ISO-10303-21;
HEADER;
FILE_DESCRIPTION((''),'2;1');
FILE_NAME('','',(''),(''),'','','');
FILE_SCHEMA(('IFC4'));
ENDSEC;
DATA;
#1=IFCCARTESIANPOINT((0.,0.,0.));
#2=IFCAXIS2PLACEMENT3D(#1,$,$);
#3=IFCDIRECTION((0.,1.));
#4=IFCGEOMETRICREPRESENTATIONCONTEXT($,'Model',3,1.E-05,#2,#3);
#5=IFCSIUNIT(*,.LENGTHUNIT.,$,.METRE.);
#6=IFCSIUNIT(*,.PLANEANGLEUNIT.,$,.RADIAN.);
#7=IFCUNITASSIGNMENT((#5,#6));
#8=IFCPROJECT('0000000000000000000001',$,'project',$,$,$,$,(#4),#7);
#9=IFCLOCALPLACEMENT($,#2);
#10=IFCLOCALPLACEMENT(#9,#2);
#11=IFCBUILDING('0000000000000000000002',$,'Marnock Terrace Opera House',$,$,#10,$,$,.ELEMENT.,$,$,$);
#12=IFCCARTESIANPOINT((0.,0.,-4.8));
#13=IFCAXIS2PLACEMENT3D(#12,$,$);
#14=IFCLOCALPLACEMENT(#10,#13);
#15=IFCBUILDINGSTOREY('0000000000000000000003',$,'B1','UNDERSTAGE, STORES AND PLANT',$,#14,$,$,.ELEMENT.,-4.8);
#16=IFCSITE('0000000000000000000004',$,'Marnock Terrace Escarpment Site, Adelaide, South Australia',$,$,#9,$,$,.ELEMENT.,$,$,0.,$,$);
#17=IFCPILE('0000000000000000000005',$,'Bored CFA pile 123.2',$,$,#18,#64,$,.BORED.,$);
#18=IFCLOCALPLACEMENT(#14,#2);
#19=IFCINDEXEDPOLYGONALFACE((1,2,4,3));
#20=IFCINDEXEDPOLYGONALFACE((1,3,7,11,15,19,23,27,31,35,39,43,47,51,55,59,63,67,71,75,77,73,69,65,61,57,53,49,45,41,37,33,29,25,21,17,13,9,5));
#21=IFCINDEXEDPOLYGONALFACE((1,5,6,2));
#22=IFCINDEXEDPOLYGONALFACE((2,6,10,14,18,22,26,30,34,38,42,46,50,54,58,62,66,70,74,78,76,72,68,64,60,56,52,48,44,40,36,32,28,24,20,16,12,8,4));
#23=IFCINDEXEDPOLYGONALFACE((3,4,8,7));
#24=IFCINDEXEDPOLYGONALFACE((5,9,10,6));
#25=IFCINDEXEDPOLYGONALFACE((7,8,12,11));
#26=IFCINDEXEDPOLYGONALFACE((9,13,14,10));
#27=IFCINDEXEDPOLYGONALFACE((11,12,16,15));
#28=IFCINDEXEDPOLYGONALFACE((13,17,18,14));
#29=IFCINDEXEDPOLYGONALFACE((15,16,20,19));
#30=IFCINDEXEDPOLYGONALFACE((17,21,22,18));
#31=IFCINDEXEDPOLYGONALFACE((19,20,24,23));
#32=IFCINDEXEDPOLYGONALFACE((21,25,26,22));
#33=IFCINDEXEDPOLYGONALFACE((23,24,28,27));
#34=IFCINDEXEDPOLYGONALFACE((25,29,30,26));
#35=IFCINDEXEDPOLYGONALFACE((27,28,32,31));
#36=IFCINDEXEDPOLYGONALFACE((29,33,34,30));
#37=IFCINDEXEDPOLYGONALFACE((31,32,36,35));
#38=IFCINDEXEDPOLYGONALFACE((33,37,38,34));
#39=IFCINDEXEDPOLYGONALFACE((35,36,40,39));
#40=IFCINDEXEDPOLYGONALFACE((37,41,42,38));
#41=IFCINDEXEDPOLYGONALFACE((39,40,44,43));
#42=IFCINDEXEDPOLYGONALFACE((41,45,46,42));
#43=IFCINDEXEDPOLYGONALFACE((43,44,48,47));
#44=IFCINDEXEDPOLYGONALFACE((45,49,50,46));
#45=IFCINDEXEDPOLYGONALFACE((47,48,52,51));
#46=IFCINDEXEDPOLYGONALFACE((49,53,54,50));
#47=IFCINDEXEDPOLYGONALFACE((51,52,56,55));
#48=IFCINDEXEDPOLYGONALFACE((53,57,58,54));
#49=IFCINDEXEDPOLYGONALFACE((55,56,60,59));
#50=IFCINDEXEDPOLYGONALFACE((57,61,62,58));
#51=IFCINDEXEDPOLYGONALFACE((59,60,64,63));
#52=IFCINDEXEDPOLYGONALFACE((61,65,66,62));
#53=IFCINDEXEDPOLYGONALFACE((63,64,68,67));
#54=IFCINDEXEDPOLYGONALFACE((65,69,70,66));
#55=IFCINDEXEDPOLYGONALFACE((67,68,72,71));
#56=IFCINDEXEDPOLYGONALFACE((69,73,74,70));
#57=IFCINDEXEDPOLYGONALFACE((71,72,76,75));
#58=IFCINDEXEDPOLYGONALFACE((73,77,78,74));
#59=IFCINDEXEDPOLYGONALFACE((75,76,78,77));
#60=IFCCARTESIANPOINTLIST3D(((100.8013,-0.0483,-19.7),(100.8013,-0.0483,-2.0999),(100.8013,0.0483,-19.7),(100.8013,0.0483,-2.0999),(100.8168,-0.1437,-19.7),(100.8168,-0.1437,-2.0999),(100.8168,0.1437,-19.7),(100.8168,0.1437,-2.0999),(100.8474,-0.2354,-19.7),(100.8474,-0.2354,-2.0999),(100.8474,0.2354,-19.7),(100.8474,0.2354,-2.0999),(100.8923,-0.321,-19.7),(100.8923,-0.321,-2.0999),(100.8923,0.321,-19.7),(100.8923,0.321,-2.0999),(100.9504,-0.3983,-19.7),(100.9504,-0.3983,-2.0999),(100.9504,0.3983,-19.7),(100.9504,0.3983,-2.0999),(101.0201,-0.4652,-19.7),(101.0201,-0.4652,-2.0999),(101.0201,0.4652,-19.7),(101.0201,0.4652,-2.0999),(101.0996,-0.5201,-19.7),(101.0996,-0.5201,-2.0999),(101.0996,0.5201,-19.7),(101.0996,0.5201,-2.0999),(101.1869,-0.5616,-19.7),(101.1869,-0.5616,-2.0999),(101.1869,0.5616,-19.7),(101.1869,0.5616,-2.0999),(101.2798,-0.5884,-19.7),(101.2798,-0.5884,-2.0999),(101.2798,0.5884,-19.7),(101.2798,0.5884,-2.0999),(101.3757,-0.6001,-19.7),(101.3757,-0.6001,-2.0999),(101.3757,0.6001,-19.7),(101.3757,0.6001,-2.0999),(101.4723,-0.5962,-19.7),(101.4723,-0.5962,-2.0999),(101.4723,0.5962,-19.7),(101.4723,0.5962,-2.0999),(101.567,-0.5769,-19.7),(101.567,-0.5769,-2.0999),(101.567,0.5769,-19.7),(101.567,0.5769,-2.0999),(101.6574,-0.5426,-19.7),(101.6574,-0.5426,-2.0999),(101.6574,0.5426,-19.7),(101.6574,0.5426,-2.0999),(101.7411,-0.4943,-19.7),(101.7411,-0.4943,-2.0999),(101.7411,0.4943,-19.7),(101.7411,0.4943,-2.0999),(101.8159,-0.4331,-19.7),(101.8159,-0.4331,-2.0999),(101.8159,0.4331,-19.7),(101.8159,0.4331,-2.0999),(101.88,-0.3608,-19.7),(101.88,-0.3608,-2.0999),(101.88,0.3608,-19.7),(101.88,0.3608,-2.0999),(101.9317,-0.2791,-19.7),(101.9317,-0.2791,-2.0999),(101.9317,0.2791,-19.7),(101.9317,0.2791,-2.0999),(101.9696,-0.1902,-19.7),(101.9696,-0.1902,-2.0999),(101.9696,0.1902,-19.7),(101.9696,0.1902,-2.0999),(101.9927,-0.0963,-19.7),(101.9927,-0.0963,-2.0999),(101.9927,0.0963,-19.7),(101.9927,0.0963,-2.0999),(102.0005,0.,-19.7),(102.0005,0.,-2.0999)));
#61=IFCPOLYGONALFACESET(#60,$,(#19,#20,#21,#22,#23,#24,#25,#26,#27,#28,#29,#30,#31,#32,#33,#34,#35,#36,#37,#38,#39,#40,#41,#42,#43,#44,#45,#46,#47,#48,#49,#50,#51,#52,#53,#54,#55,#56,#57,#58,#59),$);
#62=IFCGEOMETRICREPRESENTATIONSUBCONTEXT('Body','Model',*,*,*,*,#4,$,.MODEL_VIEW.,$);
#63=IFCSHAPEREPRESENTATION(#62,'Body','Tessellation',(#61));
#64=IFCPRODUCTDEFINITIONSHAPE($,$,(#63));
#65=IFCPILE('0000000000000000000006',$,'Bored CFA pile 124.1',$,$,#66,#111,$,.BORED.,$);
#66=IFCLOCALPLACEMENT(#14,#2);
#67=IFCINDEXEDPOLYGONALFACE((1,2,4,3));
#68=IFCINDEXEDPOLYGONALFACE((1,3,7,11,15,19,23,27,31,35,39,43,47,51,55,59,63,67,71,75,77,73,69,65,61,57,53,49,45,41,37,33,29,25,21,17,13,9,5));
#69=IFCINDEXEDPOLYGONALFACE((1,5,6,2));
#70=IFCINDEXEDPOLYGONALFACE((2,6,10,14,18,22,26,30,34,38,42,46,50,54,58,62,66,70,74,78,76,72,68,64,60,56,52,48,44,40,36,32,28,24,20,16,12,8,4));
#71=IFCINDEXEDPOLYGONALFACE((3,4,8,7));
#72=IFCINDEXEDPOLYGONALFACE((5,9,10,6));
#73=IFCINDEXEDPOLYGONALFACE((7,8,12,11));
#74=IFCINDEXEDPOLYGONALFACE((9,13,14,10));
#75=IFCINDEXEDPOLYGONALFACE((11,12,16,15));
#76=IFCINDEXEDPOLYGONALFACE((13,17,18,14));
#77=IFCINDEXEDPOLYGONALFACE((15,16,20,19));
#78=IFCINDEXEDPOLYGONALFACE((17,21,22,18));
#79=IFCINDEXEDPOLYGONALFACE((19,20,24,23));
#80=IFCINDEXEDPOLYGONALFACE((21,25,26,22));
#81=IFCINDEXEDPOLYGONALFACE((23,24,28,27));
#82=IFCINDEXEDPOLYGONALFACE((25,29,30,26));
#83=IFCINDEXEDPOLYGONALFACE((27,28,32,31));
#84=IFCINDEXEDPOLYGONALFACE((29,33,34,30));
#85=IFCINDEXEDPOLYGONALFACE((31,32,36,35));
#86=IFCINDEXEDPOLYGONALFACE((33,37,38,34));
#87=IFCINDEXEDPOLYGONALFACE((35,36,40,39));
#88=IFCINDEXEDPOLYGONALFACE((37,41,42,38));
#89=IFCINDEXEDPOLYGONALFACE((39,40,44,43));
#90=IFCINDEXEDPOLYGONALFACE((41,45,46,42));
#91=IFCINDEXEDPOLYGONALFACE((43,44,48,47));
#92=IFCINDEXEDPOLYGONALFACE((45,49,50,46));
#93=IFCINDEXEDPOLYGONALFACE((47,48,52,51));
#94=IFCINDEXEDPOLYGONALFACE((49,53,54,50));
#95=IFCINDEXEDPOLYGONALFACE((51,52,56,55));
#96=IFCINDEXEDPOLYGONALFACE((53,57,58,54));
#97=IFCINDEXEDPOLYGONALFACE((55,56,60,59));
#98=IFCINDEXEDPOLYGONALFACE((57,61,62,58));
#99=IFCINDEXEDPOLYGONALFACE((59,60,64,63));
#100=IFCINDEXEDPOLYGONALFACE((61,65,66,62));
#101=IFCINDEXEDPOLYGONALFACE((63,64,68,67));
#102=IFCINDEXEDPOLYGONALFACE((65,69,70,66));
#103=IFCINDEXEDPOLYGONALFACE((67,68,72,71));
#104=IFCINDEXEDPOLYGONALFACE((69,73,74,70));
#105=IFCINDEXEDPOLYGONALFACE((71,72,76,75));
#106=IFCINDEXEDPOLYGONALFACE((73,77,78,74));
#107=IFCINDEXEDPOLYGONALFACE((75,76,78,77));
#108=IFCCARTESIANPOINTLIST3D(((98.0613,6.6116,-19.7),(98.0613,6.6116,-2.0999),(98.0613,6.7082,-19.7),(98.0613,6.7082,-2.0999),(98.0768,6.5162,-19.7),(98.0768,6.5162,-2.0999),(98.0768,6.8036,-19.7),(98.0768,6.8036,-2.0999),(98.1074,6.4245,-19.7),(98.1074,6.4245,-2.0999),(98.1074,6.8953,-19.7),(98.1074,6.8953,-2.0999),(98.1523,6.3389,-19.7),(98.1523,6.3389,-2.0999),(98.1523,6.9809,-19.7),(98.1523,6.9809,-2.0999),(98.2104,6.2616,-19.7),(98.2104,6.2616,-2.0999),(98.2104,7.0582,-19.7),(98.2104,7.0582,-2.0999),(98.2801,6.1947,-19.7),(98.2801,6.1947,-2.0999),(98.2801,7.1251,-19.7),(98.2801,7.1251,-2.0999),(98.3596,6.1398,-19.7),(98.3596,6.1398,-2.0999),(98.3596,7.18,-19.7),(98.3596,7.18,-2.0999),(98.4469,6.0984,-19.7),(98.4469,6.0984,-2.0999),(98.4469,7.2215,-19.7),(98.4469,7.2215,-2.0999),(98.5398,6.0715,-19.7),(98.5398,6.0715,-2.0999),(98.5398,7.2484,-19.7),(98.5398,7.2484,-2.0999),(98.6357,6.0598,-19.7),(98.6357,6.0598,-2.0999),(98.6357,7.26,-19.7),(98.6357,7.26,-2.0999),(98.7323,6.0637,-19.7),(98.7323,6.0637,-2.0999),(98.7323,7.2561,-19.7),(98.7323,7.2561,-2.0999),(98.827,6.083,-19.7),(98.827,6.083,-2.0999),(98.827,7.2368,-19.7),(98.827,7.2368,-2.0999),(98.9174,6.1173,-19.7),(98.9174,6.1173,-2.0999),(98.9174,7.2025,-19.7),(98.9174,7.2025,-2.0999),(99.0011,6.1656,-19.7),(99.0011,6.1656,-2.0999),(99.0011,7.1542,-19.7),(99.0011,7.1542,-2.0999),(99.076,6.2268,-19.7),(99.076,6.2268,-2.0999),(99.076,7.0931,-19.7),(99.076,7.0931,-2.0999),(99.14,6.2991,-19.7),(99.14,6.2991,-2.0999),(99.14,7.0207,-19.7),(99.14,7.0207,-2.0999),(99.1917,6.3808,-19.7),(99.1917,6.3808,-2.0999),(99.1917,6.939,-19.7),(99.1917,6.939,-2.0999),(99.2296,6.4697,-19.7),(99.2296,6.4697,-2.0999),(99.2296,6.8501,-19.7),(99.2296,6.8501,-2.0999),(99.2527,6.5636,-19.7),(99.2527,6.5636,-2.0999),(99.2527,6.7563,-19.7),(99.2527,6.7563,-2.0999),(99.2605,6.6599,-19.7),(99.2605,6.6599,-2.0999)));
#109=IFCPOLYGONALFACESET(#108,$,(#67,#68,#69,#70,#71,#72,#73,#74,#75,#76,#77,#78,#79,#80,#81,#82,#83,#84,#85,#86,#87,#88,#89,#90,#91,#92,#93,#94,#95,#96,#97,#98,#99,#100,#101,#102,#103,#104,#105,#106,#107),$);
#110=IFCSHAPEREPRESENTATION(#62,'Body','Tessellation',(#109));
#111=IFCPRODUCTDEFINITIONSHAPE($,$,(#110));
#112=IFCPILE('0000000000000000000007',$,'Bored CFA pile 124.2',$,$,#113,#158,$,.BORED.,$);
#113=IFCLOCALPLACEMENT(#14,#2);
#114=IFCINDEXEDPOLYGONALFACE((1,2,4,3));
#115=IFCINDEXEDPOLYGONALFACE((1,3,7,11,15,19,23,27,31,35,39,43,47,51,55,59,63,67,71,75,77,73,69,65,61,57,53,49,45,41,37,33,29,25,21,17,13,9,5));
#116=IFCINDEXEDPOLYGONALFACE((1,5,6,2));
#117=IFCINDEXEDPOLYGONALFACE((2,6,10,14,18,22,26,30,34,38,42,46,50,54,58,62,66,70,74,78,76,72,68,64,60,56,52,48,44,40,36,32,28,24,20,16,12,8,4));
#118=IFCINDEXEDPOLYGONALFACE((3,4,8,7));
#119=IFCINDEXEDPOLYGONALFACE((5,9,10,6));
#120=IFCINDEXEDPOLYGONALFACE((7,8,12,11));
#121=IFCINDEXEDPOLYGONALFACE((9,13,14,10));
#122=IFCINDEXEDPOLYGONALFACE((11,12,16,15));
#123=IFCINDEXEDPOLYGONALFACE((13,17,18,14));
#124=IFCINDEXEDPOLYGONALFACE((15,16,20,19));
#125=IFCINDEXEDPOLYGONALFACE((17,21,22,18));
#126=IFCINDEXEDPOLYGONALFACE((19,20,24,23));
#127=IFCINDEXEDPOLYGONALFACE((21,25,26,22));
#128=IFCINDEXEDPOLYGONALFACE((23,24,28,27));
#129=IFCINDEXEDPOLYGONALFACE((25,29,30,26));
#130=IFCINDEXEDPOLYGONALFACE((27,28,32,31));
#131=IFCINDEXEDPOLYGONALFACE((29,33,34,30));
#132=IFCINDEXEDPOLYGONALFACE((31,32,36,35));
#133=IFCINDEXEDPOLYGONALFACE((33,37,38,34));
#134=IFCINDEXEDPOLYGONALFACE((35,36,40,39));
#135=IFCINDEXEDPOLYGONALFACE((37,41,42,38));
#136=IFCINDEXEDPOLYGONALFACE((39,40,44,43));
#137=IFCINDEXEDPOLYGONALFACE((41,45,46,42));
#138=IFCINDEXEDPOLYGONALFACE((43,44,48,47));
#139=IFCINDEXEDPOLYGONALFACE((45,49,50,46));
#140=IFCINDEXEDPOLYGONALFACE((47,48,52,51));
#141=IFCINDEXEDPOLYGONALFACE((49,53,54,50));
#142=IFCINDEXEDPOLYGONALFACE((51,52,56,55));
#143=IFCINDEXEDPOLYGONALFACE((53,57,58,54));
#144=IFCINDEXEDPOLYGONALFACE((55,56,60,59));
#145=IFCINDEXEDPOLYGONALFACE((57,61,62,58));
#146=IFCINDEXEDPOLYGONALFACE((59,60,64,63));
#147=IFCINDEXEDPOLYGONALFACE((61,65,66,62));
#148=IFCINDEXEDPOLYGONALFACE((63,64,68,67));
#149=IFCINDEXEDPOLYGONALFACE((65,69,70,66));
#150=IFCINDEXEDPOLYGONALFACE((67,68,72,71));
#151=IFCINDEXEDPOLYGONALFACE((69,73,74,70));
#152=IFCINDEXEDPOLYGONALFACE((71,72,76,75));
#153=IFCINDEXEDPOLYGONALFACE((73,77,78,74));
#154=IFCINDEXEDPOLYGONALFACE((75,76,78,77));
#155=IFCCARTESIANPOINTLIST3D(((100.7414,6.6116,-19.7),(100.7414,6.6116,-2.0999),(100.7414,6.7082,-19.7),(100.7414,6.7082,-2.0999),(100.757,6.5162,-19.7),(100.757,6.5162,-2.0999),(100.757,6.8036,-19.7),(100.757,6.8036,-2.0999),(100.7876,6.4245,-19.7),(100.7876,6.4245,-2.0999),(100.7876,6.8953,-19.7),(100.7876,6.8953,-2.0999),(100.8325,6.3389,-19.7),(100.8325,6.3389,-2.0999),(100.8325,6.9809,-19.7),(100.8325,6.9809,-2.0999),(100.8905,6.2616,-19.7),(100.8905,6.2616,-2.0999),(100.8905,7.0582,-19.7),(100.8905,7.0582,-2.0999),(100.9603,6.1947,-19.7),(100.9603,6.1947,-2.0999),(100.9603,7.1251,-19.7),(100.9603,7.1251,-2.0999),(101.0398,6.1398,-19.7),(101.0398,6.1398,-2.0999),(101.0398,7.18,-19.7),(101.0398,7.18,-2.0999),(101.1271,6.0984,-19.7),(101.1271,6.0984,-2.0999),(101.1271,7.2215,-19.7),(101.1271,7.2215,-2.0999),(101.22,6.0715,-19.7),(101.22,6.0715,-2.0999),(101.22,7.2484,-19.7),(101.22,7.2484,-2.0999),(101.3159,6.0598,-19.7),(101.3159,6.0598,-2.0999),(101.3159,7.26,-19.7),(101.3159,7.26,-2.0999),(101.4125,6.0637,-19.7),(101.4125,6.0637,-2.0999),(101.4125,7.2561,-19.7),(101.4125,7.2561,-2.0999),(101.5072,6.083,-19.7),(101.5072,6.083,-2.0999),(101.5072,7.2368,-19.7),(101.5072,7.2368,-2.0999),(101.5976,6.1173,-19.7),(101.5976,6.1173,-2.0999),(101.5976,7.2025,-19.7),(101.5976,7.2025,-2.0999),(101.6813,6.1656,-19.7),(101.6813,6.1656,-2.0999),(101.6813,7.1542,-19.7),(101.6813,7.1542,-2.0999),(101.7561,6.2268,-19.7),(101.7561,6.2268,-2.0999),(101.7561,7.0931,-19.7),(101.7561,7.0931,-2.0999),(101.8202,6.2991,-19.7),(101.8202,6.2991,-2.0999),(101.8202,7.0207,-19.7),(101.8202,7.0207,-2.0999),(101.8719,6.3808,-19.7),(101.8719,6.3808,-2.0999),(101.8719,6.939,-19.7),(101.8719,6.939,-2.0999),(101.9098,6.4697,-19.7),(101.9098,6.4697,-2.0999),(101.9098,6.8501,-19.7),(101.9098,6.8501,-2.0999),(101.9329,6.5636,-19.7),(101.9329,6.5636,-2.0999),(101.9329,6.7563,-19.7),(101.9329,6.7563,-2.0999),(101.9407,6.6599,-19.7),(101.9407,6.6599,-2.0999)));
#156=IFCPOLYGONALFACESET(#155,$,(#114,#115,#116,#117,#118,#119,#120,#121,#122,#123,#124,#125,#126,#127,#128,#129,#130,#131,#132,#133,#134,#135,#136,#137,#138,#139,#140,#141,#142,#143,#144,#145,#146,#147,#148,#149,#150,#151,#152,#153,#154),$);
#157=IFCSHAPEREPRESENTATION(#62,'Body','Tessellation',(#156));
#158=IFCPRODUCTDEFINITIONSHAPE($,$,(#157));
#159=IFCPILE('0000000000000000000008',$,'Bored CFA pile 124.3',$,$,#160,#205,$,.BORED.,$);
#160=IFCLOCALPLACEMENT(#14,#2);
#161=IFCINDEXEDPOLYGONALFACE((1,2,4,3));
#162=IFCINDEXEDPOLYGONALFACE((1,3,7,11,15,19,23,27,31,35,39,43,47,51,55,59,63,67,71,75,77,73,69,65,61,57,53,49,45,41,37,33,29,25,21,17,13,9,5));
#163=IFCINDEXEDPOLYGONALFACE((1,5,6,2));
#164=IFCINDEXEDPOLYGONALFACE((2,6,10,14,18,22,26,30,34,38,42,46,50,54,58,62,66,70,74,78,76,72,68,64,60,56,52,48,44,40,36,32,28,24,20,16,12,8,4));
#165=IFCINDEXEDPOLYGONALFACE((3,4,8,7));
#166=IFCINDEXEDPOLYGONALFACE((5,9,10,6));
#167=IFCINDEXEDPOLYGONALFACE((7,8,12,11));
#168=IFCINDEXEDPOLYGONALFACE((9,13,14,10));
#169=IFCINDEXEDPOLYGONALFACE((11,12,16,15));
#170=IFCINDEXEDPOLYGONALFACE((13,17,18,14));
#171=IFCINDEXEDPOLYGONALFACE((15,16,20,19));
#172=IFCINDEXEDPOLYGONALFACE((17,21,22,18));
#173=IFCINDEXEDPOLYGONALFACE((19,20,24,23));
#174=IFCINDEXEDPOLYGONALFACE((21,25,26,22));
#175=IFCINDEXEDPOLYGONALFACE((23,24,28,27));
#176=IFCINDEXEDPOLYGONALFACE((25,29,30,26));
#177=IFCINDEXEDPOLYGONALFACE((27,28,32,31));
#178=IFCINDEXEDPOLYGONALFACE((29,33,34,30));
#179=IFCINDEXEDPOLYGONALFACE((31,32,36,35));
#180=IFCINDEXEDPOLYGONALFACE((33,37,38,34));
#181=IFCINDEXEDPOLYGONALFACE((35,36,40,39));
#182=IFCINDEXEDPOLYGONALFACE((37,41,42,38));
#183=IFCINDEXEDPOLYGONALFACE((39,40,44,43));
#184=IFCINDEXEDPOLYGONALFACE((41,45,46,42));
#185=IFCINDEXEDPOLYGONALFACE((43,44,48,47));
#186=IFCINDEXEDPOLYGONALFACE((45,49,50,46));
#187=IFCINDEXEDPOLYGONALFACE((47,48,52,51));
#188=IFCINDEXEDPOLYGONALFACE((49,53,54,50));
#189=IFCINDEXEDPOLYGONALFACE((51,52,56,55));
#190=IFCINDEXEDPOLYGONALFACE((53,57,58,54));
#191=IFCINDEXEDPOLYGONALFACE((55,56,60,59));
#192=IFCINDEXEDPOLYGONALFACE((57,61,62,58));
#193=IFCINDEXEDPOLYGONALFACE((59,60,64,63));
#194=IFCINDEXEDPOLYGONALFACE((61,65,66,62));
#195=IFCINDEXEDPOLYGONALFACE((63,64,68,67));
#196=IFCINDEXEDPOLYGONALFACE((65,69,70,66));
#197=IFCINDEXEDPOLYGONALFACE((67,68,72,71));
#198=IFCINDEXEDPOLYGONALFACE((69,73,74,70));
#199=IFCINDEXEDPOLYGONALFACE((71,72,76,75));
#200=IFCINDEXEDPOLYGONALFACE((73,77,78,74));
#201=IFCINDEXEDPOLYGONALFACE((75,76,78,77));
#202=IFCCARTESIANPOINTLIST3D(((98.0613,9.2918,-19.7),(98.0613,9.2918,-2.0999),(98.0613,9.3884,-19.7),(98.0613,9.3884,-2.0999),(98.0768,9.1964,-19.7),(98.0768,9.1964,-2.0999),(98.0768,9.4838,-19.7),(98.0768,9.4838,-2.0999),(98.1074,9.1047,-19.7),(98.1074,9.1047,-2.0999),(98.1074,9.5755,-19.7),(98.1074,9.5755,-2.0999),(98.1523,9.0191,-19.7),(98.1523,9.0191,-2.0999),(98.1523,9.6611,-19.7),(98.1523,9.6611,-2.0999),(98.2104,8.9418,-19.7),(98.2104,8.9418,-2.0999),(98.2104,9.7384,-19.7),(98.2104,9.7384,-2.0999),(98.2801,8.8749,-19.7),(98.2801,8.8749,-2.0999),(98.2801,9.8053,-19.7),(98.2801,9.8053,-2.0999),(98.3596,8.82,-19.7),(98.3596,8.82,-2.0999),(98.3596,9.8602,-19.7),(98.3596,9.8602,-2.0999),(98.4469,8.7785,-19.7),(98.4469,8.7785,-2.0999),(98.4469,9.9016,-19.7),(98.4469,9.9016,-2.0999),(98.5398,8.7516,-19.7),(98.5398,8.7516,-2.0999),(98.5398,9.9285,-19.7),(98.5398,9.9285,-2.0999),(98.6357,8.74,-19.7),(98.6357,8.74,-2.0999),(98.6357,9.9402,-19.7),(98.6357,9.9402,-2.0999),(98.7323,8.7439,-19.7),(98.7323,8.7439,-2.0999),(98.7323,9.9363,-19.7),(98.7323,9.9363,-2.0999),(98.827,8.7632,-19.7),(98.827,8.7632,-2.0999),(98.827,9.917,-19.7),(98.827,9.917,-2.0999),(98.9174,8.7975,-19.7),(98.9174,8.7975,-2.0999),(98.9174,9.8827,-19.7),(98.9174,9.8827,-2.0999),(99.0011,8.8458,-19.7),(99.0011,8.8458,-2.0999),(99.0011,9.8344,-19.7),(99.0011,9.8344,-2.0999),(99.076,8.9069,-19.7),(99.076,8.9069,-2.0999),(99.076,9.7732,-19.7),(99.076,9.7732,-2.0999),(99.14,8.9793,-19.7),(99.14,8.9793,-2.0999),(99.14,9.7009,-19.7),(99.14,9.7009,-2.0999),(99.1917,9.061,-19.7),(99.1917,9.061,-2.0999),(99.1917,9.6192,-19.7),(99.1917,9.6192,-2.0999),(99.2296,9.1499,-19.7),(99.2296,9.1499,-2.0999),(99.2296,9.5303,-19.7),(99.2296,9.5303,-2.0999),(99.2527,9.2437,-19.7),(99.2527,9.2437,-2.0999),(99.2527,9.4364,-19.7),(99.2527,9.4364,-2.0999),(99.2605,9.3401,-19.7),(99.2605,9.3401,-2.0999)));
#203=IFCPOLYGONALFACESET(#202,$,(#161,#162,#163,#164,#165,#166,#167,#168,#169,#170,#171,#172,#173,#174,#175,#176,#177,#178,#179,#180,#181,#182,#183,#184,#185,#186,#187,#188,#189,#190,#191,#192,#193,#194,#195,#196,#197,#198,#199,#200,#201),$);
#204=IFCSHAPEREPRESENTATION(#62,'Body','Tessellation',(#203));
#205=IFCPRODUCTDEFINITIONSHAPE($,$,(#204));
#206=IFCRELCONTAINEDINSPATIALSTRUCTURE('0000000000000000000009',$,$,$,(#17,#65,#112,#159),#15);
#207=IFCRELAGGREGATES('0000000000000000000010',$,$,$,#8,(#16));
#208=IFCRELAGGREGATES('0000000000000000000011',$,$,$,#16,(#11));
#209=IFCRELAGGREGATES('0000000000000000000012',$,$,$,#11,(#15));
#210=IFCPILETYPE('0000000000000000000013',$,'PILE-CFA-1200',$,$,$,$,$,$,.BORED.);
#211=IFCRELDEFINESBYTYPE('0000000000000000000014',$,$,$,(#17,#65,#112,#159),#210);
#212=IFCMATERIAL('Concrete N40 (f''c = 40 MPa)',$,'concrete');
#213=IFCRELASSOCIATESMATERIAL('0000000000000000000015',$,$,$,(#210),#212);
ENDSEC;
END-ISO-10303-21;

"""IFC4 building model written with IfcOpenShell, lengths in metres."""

from ifc_helpers import new_model, si_unit, direction, frame, origin, origin_2d, place, context, subcontext, project, spatial, circle, extrude, material, material_profile, profile_set, type_object, element, save


model = new_model("IFC4")

# Units and contexts
model_context = context("Model", 3, precision=1e-05, world=origin(), true_north=direction((0.0, 1.0)))
body_context = subcontext(model_context, "Body", "Model", "MODEL_VIEW")
ifc_project = project(units=[si_unit("LENGTHUNIT", "METRE"), si_unit("PLANEANGLEUNIT", "RADIAN")], contexts=[model_context])

# Site, building, storey
site_placement = place(None, origin())
site = spatial("IfcSite", under=ifc_project, at=site_placement, Name="Marnock Terrace Escarpment Site, Adelaide, South Australia", CompositionType="ELEMENT", RefElevation=0.0)
building_placement = place(site_placement, origin())
building = spatial("IfcBuilding", under=site, at=building_placement, Name="Marnock Terrace Opera House", CompositionType="ELEMENT")
storey_placement = place(building_placement, frame((0.0, 0.0, -4.8)))
storey = spatial("IfcBuildingStorey", under=building, at=storey_placement, Name="B1", Description="UNDERSTAGE, STORES AND PLANT", CompositionType="ELEMENT", Elevation=-4.8)

# Shared definitions
ifc_material_1 = material(Name="Concrete N40 (f'c = 40 MPa)", Category="concrete")

# Piles
ifc_material_profile_1 = material_profile(ifc_material_1, circle(Radius=0.6006, at=origin_2d()))
ifc_profile_set_1 = profile_set([ifc_material_profile_1], Name="Concrete N40 (f'c = 40 MPa)")
pile_type = type_object("IfcPileType", Name="PILE-CFA-1200", PredefinedType="BORED", material=ifc_profile_set_1)
for number, where, z_axis, x_axis, name in (
    (1, (101.3999, 0.0, -2.0999), (0.0, 0.0, -1.0), (1.0, 0.0, 0.0), "Bored CFA pile 123.2"),
    (2, (98.6599, 6.6599, -2.0999), (0.0, 0.0, -1.0), (1.0, 0.0, 0.0), "Bored CFA pile 124.1"),
    (3, (101.3401, 6.6599, -2.0999), (0.0, 0.0, -1.0), (1.0, 0.0, 0.0), "Bored CFA pile 124.2"),
    (4, (98.6599, 9.3401, -2.0999), (0.0, 0.0, -1.0), (1.0, 0.0, 0.0), "Bored CFA pile 124.3"),
):
    element("IfcPile", number, at=place(storey_placement, frame(where, z_axis=z_axis, x_axis=x_axis)), inside=storey, type_object=pile_type, Name=name, PredefinedType="BORED", context=body_context, shape_type="SweptSolid", body=[
        extrude(circle(Radius=0.6006, at=origin_2d()), origin(), (0.0, 0.0, 1.0), 17.6001),
    ])

save(model, "model.ifc")
